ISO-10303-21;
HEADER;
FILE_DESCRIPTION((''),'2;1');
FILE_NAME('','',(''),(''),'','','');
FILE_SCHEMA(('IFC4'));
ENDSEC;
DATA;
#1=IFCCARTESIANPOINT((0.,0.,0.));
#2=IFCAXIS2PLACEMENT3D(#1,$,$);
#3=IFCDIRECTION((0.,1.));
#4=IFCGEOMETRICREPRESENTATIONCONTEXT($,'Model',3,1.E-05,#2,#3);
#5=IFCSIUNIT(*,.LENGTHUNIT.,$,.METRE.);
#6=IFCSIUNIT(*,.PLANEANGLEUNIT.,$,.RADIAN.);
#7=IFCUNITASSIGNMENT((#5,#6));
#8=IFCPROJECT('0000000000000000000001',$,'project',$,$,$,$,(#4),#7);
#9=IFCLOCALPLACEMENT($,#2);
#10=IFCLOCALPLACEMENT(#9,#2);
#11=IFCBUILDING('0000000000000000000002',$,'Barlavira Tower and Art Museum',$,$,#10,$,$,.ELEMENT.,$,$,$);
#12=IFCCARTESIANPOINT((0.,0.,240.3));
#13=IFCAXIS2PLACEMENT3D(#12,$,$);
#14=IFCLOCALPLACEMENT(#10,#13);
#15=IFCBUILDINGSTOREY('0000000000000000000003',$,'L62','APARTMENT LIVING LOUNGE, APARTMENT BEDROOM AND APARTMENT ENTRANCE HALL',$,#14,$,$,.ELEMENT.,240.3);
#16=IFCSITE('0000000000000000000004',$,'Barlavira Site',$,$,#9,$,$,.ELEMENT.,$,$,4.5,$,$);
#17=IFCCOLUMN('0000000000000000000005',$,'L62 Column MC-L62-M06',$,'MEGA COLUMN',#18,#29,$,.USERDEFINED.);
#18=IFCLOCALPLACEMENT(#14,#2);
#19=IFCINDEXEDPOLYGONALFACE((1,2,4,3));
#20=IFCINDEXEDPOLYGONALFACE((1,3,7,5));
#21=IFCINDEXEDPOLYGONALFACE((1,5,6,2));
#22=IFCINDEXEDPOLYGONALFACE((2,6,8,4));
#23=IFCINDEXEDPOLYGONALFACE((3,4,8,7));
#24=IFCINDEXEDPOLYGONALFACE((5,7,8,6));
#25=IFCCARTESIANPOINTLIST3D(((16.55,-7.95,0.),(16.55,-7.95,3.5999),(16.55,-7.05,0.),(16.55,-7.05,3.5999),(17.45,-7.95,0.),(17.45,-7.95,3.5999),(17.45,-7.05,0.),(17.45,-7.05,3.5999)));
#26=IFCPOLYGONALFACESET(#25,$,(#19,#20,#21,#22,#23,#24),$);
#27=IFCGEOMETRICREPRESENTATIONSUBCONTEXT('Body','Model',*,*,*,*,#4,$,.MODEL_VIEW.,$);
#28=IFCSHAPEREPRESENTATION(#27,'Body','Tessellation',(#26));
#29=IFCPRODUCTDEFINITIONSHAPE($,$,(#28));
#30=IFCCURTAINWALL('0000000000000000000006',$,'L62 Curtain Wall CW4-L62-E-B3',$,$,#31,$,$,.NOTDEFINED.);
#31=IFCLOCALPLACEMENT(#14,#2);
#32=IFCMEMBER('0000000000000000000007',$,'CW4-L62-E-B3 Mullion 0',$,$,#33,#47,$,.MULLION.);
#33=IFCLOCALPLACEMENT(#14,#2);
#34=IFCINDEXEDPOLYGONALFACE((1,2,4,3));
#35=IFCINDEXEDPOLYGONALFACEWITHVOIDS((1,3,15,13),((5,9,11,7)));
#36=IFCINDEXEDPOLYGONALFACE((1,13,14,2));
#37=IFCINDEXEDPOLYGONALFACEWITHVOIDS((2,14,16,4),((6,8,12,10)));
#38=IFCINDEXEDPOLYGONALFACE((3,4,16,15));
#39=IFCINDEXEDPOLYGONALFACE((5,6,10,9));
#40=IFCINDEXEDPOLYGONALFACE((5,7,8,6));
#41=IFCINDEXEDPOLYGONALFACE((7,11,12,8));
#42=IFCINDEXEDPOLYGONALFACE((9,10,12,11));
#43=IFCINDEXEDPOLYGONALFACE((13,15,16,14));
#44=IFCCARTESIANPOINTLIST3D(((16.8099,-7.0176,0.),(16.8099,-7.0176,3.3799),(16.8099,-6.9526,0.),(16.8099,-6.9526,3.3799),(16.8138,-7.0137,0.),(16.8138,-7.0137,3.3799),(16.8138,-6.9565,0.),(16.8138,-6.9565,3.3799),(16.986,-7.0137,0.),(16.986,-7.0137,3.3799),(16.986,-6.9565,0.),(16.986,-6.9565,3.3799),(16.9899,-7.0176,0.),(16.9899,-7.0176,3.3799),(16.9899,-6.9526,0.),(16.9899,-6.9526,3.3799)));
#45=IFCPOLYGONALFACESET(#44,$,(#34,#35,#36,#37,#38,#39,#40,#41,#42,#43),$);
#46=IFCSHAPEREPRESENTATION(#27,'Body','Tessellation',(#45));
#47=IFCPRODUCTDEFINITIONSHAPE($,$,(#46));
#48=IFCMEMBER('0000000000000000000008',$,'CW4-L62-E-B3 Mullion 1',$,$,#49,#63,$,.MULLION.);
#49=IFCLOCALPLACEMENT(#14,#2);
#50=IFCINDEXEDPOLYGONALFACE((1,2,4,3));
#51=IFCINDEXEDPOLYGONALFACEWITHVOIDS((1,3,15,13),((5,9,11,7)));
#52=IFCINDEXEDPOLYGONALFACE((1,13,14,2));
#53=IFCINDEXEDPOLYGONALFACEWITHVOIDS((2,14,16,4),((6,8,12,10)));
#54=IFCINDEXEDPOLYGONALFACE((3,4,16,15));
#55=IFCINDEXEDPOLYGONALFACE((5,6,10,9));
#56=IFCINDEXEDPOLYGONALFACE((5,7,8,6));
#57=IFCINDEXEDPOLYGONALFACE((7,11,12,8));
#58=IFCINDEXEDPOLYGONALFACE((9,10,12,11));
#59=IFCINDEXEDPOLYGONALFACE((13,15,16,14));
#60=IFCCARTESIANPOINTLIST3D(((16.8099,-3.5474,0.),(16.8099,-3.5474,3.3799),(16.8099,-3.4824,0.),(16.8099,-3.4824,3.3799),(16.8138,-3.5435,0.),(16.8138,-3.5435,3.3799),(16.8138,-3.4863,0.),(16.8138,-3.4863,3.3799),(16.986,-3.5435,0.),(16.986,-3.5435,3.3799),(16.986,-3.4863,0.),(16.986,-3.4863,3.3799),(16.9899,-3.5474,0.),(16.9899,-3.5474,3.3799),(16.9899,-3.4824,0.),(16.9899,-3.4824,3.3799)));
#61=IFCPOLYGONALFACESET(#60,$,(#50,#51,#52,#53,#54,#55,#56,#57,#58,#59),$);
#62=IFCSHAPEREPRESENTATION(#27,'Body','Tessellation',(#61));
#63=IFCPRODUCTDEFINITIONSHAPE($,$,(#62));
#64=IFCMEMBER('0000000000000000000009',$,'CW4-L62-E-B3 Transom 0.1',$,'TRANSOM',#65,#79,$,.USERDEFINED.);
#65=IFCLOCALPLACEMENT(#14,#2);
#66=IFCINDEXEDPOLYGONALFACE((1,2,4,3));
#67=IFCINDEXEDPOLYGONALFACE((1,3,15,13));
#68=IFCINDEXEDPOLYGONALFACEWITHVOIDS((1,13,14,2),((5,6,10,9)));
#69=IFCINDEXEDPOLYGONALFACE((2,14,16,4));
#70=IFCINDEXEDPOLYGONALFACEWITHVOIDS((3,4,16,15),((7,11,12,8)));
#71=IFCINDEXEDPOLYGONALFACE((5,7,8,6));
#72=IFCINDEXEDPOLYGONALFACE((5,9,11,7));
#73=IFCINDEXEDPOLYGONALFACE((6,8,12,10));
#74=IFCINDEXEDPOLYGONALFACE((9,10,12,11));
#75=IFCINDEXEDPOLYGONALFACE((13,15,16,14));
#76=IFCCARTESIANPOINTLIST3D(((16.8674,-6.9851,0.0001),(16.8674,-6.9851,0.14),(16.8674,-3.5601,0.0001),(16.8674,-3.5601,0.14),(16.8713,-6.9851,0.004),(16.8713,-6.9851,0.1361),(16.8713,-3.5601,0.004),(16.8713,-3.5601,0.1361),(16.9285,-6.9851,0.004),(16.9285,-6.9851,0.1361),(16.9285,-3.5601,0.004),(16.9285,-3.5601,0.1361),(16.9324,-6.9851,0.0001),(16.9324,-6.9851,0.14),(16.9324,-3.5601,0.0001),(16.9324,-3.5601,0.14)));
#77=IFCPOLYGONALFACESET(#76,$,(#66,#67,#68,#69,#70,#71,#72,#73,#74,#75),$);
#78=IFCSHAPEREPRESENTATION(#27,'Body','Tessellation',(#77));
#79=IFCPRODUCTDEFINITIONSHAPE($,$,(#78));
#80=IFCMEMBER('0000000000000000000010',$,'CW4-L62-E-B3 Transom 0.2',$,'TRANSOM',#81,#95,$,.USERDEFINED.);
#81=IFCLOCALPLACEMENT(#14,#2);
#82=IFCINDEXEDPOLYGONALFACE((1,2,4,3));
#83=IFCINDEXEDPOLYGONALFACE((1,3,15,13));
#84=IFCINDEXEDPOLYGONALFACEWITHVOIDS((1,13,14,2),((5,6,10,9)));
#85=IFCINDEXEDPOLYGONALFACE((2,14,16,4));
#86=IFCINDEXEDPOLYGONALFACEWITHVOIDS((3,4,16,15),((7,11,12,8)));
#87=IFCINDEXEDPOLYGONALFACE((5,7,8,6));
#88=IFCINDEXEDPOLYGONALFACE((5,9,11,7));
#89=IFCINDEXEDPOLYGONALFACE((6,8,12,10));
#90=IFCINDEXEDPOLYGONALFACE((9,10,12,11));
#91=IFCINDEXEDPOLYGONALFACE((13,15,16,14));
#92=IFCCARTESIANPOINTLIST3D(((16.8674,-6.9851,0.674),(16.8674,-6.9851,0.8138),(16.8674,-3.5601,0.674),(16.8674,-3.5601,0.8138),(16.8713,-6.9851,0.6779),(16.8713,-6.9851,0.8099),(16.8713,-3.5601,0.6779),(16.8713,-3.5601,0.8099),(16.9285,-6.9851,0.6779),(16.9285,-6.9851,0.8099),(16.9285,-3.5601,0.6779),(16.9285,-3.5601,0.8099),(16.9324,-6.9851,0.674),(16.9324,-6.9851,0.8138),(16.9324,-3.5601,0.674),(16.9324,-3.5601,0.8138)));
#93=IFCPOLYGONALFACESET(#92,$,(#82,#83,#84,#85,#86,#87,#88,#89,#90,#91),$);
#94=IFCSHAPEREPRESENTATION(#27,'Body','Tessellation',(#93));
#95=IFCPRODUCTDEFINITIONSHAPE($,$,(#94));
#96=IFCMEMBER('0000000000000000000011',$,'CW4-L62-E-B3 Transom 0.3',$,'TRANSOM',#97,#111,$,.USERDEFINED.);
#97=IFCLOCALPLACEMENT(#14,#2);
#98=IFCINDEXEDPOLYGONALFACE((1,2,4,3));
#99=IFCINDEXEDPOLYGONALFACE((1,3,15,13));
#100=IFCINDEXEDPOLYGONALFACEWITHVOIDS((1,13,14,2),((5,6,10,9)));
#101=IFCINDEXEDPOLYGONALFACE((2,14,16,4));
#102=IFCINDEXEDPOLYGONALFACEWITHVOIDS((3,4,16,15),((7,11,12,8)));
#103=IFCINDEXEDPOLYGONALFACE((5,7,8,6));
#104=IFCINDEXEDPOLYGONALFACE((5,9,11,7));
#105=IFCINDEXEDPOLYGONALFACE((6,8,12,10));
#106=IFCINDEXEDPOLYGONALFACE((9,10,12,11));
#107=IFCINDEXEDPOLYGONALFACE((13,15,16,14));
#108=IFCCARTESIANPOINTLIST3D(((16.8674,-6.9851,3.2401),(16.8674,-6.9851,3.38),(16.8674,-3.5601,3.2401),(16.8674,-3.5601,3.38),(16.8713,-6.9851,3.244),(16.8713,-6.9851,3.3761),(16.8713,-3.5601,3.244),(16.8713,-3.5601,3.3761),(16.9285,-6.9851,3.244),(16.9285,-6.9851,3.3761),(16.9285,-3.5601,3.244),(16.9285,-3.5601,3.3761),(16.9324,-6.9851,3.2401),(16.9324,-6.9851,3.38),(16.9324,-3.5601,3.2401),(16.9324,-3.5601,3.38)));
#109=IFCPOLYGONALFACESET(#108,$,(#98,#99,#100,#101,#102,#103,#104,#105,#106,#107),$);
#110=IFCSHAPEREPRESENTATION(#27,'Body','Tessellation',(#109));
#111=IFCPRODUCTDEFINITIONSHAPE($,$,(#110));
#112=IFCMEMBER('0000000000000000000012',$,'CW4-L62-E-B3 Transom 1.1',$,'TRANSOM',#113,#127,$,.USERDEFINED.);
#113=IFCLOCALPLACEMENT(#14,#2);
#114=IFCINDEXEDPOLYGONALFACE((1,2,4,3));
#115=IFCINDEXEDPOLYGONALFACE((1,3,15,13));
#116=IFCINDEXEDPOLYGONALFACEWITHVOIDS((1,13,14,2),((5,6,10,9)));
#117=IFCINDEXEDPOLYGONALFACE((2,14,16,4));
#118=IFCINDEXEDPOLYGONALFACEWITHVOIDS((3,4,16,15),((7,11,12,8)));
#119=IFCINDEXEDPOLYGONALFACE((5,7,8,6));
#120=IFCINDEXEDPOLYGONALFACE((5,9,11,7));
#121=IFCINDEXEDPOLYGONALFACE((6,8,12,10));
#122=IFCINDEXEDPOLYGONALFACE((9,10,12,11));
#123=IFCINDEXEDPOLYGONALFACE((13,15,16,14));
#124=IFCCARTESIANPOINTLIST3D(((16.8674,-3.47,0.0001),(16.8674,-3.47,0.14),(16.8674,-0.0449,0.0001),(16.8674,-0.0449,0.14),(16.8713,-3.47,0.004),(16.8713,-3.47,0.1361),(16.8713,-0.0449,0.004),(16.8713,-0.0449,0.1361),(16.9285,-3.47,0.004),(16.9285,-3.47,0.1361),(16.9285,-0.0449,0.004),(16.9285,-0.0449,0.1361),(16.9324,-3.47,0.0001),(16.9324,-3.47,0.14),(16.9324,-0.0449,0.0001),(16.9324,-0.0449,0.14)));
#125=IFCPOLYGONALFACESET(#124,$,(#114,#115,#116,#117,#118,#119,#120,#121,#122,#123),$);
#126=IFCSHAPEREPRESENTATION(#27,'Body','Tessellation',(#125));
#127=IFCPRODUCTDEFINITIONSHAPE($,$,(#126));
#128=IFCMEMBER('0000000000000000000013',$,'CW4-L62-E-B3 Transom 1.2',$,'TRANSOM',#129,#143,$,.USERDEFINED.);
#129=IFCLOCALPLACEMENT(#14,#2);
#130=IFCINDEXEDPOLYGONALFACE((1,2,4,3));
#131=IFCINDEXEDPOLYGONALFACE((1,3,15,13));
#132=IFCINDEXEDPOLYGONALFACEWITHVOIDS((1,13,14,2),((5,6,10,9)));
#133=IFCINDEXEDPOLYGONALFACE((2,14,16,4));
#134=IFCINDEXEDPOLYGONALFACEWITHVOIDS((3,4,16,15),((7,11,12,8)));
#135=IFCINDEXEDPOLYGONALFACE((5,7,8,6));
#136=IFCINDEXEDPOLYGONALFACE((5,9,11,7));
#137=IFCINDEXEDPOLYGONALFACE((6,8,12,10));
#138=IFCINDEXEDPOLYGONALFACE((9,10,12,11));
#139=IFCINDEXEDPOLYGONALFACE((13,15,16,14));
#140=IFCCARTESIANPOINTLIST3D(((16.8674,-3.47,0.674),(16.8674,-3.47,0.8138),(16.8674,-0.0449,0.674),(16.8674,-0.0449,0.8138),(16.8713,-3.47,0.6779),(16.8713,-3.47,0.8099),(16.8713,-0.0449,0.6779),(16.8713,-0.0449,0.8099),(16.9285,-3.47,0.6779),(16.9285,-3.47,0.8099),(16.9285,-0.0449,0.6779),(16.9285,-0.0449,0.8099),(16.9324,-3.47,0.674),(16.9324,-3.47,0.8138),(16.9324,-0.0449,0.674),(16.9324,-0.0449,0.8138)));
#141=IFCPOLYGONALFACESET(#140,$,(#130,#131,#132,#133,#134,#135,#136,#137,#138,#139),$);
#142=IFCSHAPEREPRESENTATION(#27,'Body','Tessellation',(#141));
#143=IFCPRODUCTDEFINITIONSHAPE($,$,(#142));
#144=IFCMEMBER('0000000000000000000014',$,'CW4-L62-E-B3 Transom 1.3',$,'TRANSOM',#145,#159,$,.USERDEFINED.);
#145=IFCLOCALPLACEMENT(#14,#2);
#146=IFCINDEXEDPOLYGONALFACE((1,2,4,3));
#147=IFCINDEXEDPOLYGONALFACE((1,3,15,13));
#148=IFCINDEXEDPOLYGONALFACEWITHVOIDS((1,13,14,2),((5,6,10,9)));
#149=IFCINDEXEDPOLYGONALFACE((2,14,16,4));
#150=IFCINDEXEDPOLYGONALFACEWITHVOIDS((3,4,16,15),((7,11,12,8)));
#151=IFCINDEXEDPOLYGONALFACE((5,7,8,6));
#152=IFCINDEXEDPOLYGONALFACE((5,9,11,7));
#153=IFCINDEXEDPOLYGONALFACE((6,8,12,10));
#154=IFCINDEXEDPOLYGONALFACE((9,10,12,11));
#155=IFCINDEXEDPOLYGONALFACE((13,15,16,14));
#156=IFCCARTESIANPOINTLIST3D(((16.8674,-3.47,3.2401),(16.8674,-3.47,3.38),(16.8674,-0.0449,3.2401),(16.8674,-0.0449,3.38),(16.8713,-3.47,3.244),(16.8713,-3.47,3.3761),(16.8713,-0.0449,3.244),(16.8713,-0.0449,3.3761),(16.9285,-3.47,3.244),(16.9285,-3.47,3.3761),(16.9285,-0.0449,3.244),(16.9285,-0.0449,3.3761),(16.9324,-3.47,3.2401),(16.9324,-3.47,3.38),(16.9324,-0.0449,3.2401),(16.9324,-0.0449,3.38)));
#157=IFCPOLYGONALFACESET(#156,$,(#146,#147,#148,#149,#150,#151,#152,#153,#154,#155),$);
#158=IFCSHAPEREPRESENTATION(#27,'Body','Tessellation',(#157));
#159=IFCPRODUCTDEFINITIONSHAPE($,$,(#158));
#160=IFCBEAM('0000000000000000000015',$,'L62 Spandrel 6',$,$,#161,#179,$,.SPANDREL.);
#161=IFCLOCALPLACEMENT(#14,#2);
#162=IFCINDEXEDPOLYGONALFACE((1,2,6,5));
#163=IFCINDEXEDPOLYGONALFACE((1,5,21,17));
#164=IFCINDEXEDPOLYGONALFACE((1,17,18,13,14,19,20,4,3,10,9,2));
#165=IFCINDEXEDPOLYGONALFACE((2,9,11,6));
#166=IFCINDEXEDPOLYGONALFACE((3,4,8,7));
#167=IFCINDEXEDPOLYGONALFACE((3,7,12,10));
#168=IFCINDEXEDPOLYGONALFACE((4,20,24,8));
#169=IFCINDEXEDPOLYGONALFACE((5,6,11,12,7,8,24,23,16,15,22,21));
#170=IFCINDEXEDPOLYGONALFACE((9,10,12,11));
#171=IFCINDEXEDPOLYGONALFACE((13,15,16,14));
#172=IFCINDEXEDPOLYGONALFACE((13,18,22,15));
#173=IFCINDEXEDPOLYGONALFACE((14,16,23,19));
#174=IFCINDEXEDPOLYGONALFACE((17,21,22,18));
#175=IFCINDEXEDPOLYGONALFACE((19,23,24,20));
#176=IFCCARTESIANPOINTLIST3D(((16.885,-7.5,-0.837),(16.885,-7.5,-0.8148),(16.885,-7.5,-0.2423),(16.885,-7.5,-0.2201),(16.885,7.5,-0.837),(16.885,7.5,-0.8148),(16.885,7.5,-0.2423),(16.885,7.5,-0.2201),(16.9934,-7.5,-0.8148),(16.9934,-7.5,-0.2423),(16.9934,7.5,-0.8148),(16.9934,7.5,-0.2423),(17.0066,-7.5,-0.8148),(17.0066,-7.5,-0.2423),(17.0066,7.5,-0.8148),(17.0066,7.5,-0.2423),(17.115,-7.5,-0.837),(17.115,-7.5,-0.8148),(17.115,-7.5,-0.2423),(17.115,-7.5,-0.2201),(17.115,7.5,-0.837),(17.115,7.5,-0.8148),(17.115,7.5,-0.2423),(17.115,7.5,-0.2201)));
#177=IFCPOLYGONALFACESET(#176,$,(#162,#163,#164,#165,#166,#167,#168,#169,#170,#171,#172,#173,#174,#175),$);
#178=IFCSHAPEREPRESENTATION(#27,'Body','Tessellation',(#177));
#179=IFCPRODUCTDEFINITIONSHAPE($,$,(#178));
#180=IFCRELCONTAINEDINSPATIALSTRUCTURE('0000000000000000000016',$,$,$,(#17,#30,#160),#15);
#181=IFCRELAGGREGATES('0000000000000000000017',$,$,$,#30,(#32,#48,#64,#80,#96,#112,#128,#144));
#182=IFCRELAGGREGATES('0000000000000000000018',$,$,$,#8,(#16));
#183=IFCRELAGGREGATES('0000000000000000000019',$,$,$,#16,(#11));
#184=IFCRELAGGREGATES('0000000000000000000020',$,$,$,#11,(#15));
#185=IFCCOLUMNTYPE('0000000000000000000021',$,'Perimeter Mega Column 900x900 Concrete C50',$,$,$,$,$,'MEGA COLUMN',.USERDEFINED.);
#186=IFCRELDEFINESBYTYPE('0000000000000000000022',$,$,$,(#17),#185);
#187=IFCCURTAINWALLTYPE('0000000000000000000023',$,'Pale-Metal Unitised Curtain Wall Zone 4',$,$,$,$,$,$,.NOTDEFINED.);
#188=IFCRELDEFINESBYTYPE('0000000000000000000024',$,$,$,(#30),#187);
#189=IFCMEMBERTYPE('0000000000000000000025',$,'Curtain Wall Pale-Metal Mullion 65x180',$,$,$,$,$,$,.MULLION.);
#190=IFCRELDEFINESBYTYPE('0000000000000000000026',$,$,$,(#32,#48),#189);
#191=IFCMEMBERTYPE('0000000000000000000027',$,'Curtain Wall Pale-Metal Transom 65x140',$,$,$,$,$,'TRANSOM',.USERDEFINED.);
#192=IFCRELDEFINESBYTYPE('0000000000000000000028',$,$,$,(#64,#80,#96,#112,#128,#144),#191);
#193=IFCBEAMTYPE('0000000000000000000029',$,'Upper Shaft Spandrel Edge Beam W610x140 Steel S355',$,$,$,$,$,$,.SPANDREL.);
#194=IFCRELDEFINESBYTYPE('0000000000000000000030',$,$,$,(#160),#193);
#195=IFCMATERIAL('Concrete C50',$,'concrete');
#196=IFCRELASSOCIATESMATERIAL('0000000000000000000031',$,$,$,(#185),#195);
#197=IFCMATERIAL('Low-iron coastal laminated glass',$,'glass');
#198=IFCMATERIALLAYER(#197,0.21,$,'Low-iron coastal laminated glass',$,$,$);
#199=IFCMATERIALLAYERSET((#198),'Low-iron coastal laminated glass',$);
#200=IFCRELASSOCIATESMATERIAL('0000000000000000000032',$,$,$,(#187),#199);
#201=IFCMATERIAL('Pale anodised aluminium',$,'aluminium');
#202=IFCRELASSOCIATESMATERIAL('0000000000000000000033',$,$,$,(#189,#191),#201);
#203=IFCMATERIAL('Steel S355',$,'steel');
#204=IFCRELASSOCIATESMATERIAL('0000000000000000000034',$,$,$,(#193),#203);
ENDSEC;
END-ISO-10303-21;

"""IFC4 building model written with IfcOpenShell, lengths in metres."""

from ifc_helpers import new_model, si_unit, direction, frame, origin, origin_2d, place, context, subcontext, project, spatial, rectangle, hollow_rectangle, i_section, extrude, material, layer, layer_set, material_profile, profile_set, type_object, element, aggregate, save


model = new_model("IFC4")

# Units and contexts
model_context = context("Model", 3, precision=1e-05, world=origin(), true_north=direction((0.0, 1.0)))
body_context = subcontext(model_context, "Body", "Model", "MODEL_VIEW")
ifc_project = project(units=[si_unit("LENGTHUNIT", "METRE"), si_unit("PLANEANGLEUNIT", "RADIAN")], contexts=[model_context])

# Site, building, storey
site_placement = place(None, origin())
site = spatial("IfcSite", under=ifc_project, at=site_placement, Name="Barlavira Site", CompositionType="ELEMENT", RefElevation=4.5)
building_placement = place(site_placement, origin())
building = spatial("IfcBuilding", under=site, at=building_placement, Name="Barlavira Tower and Art Museum", CompositionType="ELEMENT")
storey_placement = place(building_placement, frame((0.0, 0.0, 240.3)))
storey = spatial("IfcBuildingStorey", under=building, at=storey_placement, Name="L62", Description="APARTMENT LIVING LOUNGE, APARTMENT BEDROOM AND APARTMENT ENTRANCE HALL", CompositionType="ELEMENT", Elevation=240.3)

# Column
ifc_material_1 = material(Name="Concrete C50", Category="concrete")
ifc_material_profile_1 = material_profile(ifc_material_1, rectangle(XDim=0.8999, YDim=0.8999, at=origin_2d()), Name="RC-COL 900x900")
ifc_profile_set_1 = profile_set([ifc_material_profile_1], Name="Concrete C50")
column_type = type_object("IfcColumnType", Name="Perimeter Mega Column 900x900 Concrete C50", ElementType="MEGA COLUMN", PredefinedType="USERDEFINED", material=ifc_profile_set_1)
column_placement = place(storey_placement, frame((17.0, -7.5, 0.0), z_axis=(0.0, 0.0, 1.0), x_axis=(1.0, 0.0, 0.0)))
element("IfcColumn", 1, at=column_placement, inside=storey, type_object=column_type, Name="L62 Column MC-L62-M06", ObjectType="MEGA COLUMN", PredefinedType="USERDEFINED", context=body_context, shape_type="SweptSolid", body=[
    extrude(rectangle(XDim=0.8999, YDim=0.8999, at=origin_2d()), origin(), (0.0, 0.0, 1.0), 3.5999),
])

# Curtain wall, members
ifc_material_2 = material(Name="Low-iron coastal laminated glass", Category="glass")
ifc_layer_1 = layer(ifc_material_2, 0.21, Name="Low-iron coastal laminated glass")
ifc_layer_set_1 = layer_set([ifc_layer_1], Name="Low-iron coastal laminated glass")
curtain_wall_type = type_object("IfcCurtainWallType", Name="Pale-Metal Unitised Curtain Wall Zone 4", PredefinedType="NOTDEFINED", material=ifc_layer_set_1)
curtain_wall_placement = place(storey_placement, origin())
curtain_wall = element("IfcCurtainWall", 2, at=curtain_wall_placement, inside=storey, type_object=curtain_wall_type, Name="L62 Curtain Wall CW4-L62-E-B3", PredefinedType="NOTDEFINED")
ifc_material_3 = material(Name="Pale anodised aluminium", Category="aluminium")
ifc_material_profile_2 = material_profile(ifc_material_3, hollow_rectangle(XDim=0.0649, YDim=0.1799, WallThickness=0.0039, at=origin_2d()), Name="ALU-MULL 65x180x4")
ifc_profile_set_2 = profile_set([ifc_material_profile_2], Name="Pale anodised aluminium")
member_type_1 = type_object("IfcMemberType", Name="Curtain Wall Pale-Metal Mullion 65x180", PredefinedType="MULLION", material=ifc_profile_set_2)
member_1_placement = place(storey_placement, frame((16.8999, -6.9851, 0.0), z_axis=(0.0, 0.0, 1.0), x_axis=(0.0, 1.0, 0.0)))
member_1 = element("IfcMember", 3, at=member_1_placement, type_object=member_type_1, Name="CW4-L62-E-B3 Mullion 0", PredefinedType="MULLION", context=body_context, shape_type="SweptSolid", body=[
    extrude(hollow_rectangle(XDim=0.0649, YDim=0.1799, WallThickness=0.0039, at=origin_2d()), origin(), (0.0, 0.0, 1.0), 3.3799),
])
member_2_placement = place(storey_placement, frame((16.8999, -3.5149, 0.0), z_axis=(0.0, 0.0, 1.0), x_axis=(0.0, 1.0, 0.0)))
member_2 = element("IfcMember", 4, at=member_2_placement, type_object=member_type_1, Name="CW4-L62-E-B3 Mullion 1", PredefinedType="MULLION", context=body_context, shape_type="SweptSolid", body=[
    extrude(hollow_rectangle(XDim=0.0649, YDim=0.1799, WallThickness=0.0039, at=origin_2d()), origin(), (0.0, 0.0, 1.0), 3.3799),
])
ifc_material_profile_3 = material_profile(ifc_material_3, hollow_rectangle(XDim=0.0649, YDim=0.1399, WallThickness=0.0039, at=origin_2d()), Name="ALU-TRAN 65x140x4")
ifc_profile_set_3 = profile_set([ifc_material_profile_3], Name="Pale anodised aluminium")
member_type_2 = type_object("IfcMemberType", Name="Curtain Wall Pale-Metal Transom 65x140", ElementType="TRANSOM", PredefinedType="USERDEFINED", material=ifc_profile_set_3)
member_3_placement = place(storey_placement, frame((16.8999, -6.9851, 0.0701), z_axis=(0.0, 1.0, 0.0), x_axis=(-1.0, 0.0, 0.0)))
member_3 = element("IfcMember", 5, at=member_3_placement, type_object=member_type_2, Name="CW4-L62-E-B3 Transom 0.1", ObjectType="TRANSOM", PredefinedType="USERDEFINED", context=body_context, shape_type="SweptSolid", body=[
    extrude(hollow_rectangle(XDim=0.0649, YDim=0.1399, WallThickness=0.0039, at=origin_2d()), origin(), (0.0, 0.0, 1.0), 3.425),
])
member_4_placement = place(storey_placement, frame((16.8999, -6.9851, 0.7439), z_axis=(0.0, 1.0, 0.0), x_axis=(-1.0, 0.0, 0.0)))
member_4 = element("IfcMember", 6, at=member_4_placement, type_object=member_type_2, Name="CW4-L62-E-B3 Transom 0.2", ObjectType="TRANSOM", PredefinedType="USERDEFINED", context=body_context, shape_type="SweptSolid", body=[
    extrude(hollow_rectangle(XDim=0.0649, YDim=0.1399, WallThickness=0.0039, at=origin_2d()), origin(), (0.0, 0.0, 1.0), 3.425),
])
member_5_placement = place(storey_placement, frame((16.8999, -6.9851, 3.3101), z_axis=(0.0, 1.0, 0.0), x_axis=(-1.0, 0.0, 0.0)))
member_5 = element("IfcMember", 7, at=member_5_placement, type_object=member_type_2, Name="CW4-L62-E-B3 Transom 0.3", ObjectType="TRANSOM", PredefinedType="USERDEFINED", context=body_context, shape_type="SweptSolid", body=[
    extrude(hollow_rectangle(XDim=0.0649, YDim=0.1399, WallThickness=0.0039, at=origin_2d()), origin(), (0.0, 0.0, 1.0), 3.425),
])
member_6_placement = place(storey_placement, frame((16.8999, -3.47, 0.0701), z_axis=(0.0, 1.0, 0.0), x_axis=(-1.0, 0.0, 0.0)))
member_6 = element("IfcMember", 8, at=member_6_placement, type_object=member_type_2, Name="CW4-L62-E-B3 Transom 1.1", ObjectType="TRANSOM", PredefinedType="USERDEFINED", context=body_context, shape_type="SweptSolid", body=[
    extrude(hollow_rectangle(XDim=0.0649, YDim=0.1399, WallThickness=0.0039, at=origin_2d()), origin(), (0.0, 0.0, 1.0), 3.425),
])
member_7_placement = place(storey_placement, frame((16.8999, -3.47, 0.7439), z_axis=(0.0, 1.0, 0.0), x_axis=(-1.0, 0.0, 0.0)))
member_7 = element("IfcMember", 9, at=member_7_placement, type_object=member_type_2, Name="CW4-L62-E-B3 Transom 1.2", ObjectType="TRANSOM", PredefinedType="USERDEFINED", context=body_context, shape_type="SweptSolid", body=[
    extrude(hollow_rectangle(XDim=0.0649, YDim=0.1399, WallThickness=0.0039, at=origin_2d()), origin(), (0.0, 0.0, 1.0), 3.425),
])
member_8_placement = place(storey_placement, frame((16.8999, -3.47, 3.3101), z_axis=(0.0, 1.0, 0.0), x_axis=(-1.0, 0.0, 0.0)))
member_8 = element("IfcMember", 10, at=member_8_placement, type_object=member_type_2, Name="CW4-L62-E-B3 Transom 1.3", ObjectType="TRANSOM", PredefinedType="USERDEFINED", context=body_context, shape_type="SweptSolid", body=[
    extrude(hollow_rectangle(XDim=0.0649, YDim=0.1399, WallThickness=0.0039, at=origin_2d()), origin(), (0.0, 0.0, 1.0), 3.425),
])

# Beam
ifc_material_4 = material(Name="Steel S355", Category="steel")
ifc_material_profile_4 = material_profile(ifc_material_4, i_section(OverallWidth=0.23, OverallDepth=0.6169, WebThickness=0.0132, FlangeThickness=0.0222, at=origin_2d()), Name="W610x140.0")
ifc_profile_set_4 = profile_set([ifc_material_profile_4], Name="Steel S355")
beam_type_1 = type_object("IfcBeamType", Name="Upper Shaft Spandrel Edge Beam W610x140 Steel S355", PredefinedType="SPANDREL", material=ifc_profile_set_4)
beam_1_placement = place(storey_placement, frame((17.0, -7.5, -0.5286), z_axis=(0.0, 1.0, 0.0), x_axis=(-1.0, 0.0, 0.0)))
element("IfcBeam", 11, at=beam_1_placement, inside=storey, type_object=beam_type_1, Name="L62 Spandrel 6", PredefinedType="SPANDREL", context=body_context, shape_type="SweptSolid", body=[
    extrude(i_section(OverallWidth=0.23, OverallDepth=0.6169, WebThickness=0.0132, FlangeThickness=0.0222, at=origin_2d()), origin(), (0.0, 0.0, 1.0), 15.0),
])

aggregate(curtain_wall, [member_1, member_2, member_3, member_4, member_5, member_6, member_7, member_8])

save(model, "model.ifc")
